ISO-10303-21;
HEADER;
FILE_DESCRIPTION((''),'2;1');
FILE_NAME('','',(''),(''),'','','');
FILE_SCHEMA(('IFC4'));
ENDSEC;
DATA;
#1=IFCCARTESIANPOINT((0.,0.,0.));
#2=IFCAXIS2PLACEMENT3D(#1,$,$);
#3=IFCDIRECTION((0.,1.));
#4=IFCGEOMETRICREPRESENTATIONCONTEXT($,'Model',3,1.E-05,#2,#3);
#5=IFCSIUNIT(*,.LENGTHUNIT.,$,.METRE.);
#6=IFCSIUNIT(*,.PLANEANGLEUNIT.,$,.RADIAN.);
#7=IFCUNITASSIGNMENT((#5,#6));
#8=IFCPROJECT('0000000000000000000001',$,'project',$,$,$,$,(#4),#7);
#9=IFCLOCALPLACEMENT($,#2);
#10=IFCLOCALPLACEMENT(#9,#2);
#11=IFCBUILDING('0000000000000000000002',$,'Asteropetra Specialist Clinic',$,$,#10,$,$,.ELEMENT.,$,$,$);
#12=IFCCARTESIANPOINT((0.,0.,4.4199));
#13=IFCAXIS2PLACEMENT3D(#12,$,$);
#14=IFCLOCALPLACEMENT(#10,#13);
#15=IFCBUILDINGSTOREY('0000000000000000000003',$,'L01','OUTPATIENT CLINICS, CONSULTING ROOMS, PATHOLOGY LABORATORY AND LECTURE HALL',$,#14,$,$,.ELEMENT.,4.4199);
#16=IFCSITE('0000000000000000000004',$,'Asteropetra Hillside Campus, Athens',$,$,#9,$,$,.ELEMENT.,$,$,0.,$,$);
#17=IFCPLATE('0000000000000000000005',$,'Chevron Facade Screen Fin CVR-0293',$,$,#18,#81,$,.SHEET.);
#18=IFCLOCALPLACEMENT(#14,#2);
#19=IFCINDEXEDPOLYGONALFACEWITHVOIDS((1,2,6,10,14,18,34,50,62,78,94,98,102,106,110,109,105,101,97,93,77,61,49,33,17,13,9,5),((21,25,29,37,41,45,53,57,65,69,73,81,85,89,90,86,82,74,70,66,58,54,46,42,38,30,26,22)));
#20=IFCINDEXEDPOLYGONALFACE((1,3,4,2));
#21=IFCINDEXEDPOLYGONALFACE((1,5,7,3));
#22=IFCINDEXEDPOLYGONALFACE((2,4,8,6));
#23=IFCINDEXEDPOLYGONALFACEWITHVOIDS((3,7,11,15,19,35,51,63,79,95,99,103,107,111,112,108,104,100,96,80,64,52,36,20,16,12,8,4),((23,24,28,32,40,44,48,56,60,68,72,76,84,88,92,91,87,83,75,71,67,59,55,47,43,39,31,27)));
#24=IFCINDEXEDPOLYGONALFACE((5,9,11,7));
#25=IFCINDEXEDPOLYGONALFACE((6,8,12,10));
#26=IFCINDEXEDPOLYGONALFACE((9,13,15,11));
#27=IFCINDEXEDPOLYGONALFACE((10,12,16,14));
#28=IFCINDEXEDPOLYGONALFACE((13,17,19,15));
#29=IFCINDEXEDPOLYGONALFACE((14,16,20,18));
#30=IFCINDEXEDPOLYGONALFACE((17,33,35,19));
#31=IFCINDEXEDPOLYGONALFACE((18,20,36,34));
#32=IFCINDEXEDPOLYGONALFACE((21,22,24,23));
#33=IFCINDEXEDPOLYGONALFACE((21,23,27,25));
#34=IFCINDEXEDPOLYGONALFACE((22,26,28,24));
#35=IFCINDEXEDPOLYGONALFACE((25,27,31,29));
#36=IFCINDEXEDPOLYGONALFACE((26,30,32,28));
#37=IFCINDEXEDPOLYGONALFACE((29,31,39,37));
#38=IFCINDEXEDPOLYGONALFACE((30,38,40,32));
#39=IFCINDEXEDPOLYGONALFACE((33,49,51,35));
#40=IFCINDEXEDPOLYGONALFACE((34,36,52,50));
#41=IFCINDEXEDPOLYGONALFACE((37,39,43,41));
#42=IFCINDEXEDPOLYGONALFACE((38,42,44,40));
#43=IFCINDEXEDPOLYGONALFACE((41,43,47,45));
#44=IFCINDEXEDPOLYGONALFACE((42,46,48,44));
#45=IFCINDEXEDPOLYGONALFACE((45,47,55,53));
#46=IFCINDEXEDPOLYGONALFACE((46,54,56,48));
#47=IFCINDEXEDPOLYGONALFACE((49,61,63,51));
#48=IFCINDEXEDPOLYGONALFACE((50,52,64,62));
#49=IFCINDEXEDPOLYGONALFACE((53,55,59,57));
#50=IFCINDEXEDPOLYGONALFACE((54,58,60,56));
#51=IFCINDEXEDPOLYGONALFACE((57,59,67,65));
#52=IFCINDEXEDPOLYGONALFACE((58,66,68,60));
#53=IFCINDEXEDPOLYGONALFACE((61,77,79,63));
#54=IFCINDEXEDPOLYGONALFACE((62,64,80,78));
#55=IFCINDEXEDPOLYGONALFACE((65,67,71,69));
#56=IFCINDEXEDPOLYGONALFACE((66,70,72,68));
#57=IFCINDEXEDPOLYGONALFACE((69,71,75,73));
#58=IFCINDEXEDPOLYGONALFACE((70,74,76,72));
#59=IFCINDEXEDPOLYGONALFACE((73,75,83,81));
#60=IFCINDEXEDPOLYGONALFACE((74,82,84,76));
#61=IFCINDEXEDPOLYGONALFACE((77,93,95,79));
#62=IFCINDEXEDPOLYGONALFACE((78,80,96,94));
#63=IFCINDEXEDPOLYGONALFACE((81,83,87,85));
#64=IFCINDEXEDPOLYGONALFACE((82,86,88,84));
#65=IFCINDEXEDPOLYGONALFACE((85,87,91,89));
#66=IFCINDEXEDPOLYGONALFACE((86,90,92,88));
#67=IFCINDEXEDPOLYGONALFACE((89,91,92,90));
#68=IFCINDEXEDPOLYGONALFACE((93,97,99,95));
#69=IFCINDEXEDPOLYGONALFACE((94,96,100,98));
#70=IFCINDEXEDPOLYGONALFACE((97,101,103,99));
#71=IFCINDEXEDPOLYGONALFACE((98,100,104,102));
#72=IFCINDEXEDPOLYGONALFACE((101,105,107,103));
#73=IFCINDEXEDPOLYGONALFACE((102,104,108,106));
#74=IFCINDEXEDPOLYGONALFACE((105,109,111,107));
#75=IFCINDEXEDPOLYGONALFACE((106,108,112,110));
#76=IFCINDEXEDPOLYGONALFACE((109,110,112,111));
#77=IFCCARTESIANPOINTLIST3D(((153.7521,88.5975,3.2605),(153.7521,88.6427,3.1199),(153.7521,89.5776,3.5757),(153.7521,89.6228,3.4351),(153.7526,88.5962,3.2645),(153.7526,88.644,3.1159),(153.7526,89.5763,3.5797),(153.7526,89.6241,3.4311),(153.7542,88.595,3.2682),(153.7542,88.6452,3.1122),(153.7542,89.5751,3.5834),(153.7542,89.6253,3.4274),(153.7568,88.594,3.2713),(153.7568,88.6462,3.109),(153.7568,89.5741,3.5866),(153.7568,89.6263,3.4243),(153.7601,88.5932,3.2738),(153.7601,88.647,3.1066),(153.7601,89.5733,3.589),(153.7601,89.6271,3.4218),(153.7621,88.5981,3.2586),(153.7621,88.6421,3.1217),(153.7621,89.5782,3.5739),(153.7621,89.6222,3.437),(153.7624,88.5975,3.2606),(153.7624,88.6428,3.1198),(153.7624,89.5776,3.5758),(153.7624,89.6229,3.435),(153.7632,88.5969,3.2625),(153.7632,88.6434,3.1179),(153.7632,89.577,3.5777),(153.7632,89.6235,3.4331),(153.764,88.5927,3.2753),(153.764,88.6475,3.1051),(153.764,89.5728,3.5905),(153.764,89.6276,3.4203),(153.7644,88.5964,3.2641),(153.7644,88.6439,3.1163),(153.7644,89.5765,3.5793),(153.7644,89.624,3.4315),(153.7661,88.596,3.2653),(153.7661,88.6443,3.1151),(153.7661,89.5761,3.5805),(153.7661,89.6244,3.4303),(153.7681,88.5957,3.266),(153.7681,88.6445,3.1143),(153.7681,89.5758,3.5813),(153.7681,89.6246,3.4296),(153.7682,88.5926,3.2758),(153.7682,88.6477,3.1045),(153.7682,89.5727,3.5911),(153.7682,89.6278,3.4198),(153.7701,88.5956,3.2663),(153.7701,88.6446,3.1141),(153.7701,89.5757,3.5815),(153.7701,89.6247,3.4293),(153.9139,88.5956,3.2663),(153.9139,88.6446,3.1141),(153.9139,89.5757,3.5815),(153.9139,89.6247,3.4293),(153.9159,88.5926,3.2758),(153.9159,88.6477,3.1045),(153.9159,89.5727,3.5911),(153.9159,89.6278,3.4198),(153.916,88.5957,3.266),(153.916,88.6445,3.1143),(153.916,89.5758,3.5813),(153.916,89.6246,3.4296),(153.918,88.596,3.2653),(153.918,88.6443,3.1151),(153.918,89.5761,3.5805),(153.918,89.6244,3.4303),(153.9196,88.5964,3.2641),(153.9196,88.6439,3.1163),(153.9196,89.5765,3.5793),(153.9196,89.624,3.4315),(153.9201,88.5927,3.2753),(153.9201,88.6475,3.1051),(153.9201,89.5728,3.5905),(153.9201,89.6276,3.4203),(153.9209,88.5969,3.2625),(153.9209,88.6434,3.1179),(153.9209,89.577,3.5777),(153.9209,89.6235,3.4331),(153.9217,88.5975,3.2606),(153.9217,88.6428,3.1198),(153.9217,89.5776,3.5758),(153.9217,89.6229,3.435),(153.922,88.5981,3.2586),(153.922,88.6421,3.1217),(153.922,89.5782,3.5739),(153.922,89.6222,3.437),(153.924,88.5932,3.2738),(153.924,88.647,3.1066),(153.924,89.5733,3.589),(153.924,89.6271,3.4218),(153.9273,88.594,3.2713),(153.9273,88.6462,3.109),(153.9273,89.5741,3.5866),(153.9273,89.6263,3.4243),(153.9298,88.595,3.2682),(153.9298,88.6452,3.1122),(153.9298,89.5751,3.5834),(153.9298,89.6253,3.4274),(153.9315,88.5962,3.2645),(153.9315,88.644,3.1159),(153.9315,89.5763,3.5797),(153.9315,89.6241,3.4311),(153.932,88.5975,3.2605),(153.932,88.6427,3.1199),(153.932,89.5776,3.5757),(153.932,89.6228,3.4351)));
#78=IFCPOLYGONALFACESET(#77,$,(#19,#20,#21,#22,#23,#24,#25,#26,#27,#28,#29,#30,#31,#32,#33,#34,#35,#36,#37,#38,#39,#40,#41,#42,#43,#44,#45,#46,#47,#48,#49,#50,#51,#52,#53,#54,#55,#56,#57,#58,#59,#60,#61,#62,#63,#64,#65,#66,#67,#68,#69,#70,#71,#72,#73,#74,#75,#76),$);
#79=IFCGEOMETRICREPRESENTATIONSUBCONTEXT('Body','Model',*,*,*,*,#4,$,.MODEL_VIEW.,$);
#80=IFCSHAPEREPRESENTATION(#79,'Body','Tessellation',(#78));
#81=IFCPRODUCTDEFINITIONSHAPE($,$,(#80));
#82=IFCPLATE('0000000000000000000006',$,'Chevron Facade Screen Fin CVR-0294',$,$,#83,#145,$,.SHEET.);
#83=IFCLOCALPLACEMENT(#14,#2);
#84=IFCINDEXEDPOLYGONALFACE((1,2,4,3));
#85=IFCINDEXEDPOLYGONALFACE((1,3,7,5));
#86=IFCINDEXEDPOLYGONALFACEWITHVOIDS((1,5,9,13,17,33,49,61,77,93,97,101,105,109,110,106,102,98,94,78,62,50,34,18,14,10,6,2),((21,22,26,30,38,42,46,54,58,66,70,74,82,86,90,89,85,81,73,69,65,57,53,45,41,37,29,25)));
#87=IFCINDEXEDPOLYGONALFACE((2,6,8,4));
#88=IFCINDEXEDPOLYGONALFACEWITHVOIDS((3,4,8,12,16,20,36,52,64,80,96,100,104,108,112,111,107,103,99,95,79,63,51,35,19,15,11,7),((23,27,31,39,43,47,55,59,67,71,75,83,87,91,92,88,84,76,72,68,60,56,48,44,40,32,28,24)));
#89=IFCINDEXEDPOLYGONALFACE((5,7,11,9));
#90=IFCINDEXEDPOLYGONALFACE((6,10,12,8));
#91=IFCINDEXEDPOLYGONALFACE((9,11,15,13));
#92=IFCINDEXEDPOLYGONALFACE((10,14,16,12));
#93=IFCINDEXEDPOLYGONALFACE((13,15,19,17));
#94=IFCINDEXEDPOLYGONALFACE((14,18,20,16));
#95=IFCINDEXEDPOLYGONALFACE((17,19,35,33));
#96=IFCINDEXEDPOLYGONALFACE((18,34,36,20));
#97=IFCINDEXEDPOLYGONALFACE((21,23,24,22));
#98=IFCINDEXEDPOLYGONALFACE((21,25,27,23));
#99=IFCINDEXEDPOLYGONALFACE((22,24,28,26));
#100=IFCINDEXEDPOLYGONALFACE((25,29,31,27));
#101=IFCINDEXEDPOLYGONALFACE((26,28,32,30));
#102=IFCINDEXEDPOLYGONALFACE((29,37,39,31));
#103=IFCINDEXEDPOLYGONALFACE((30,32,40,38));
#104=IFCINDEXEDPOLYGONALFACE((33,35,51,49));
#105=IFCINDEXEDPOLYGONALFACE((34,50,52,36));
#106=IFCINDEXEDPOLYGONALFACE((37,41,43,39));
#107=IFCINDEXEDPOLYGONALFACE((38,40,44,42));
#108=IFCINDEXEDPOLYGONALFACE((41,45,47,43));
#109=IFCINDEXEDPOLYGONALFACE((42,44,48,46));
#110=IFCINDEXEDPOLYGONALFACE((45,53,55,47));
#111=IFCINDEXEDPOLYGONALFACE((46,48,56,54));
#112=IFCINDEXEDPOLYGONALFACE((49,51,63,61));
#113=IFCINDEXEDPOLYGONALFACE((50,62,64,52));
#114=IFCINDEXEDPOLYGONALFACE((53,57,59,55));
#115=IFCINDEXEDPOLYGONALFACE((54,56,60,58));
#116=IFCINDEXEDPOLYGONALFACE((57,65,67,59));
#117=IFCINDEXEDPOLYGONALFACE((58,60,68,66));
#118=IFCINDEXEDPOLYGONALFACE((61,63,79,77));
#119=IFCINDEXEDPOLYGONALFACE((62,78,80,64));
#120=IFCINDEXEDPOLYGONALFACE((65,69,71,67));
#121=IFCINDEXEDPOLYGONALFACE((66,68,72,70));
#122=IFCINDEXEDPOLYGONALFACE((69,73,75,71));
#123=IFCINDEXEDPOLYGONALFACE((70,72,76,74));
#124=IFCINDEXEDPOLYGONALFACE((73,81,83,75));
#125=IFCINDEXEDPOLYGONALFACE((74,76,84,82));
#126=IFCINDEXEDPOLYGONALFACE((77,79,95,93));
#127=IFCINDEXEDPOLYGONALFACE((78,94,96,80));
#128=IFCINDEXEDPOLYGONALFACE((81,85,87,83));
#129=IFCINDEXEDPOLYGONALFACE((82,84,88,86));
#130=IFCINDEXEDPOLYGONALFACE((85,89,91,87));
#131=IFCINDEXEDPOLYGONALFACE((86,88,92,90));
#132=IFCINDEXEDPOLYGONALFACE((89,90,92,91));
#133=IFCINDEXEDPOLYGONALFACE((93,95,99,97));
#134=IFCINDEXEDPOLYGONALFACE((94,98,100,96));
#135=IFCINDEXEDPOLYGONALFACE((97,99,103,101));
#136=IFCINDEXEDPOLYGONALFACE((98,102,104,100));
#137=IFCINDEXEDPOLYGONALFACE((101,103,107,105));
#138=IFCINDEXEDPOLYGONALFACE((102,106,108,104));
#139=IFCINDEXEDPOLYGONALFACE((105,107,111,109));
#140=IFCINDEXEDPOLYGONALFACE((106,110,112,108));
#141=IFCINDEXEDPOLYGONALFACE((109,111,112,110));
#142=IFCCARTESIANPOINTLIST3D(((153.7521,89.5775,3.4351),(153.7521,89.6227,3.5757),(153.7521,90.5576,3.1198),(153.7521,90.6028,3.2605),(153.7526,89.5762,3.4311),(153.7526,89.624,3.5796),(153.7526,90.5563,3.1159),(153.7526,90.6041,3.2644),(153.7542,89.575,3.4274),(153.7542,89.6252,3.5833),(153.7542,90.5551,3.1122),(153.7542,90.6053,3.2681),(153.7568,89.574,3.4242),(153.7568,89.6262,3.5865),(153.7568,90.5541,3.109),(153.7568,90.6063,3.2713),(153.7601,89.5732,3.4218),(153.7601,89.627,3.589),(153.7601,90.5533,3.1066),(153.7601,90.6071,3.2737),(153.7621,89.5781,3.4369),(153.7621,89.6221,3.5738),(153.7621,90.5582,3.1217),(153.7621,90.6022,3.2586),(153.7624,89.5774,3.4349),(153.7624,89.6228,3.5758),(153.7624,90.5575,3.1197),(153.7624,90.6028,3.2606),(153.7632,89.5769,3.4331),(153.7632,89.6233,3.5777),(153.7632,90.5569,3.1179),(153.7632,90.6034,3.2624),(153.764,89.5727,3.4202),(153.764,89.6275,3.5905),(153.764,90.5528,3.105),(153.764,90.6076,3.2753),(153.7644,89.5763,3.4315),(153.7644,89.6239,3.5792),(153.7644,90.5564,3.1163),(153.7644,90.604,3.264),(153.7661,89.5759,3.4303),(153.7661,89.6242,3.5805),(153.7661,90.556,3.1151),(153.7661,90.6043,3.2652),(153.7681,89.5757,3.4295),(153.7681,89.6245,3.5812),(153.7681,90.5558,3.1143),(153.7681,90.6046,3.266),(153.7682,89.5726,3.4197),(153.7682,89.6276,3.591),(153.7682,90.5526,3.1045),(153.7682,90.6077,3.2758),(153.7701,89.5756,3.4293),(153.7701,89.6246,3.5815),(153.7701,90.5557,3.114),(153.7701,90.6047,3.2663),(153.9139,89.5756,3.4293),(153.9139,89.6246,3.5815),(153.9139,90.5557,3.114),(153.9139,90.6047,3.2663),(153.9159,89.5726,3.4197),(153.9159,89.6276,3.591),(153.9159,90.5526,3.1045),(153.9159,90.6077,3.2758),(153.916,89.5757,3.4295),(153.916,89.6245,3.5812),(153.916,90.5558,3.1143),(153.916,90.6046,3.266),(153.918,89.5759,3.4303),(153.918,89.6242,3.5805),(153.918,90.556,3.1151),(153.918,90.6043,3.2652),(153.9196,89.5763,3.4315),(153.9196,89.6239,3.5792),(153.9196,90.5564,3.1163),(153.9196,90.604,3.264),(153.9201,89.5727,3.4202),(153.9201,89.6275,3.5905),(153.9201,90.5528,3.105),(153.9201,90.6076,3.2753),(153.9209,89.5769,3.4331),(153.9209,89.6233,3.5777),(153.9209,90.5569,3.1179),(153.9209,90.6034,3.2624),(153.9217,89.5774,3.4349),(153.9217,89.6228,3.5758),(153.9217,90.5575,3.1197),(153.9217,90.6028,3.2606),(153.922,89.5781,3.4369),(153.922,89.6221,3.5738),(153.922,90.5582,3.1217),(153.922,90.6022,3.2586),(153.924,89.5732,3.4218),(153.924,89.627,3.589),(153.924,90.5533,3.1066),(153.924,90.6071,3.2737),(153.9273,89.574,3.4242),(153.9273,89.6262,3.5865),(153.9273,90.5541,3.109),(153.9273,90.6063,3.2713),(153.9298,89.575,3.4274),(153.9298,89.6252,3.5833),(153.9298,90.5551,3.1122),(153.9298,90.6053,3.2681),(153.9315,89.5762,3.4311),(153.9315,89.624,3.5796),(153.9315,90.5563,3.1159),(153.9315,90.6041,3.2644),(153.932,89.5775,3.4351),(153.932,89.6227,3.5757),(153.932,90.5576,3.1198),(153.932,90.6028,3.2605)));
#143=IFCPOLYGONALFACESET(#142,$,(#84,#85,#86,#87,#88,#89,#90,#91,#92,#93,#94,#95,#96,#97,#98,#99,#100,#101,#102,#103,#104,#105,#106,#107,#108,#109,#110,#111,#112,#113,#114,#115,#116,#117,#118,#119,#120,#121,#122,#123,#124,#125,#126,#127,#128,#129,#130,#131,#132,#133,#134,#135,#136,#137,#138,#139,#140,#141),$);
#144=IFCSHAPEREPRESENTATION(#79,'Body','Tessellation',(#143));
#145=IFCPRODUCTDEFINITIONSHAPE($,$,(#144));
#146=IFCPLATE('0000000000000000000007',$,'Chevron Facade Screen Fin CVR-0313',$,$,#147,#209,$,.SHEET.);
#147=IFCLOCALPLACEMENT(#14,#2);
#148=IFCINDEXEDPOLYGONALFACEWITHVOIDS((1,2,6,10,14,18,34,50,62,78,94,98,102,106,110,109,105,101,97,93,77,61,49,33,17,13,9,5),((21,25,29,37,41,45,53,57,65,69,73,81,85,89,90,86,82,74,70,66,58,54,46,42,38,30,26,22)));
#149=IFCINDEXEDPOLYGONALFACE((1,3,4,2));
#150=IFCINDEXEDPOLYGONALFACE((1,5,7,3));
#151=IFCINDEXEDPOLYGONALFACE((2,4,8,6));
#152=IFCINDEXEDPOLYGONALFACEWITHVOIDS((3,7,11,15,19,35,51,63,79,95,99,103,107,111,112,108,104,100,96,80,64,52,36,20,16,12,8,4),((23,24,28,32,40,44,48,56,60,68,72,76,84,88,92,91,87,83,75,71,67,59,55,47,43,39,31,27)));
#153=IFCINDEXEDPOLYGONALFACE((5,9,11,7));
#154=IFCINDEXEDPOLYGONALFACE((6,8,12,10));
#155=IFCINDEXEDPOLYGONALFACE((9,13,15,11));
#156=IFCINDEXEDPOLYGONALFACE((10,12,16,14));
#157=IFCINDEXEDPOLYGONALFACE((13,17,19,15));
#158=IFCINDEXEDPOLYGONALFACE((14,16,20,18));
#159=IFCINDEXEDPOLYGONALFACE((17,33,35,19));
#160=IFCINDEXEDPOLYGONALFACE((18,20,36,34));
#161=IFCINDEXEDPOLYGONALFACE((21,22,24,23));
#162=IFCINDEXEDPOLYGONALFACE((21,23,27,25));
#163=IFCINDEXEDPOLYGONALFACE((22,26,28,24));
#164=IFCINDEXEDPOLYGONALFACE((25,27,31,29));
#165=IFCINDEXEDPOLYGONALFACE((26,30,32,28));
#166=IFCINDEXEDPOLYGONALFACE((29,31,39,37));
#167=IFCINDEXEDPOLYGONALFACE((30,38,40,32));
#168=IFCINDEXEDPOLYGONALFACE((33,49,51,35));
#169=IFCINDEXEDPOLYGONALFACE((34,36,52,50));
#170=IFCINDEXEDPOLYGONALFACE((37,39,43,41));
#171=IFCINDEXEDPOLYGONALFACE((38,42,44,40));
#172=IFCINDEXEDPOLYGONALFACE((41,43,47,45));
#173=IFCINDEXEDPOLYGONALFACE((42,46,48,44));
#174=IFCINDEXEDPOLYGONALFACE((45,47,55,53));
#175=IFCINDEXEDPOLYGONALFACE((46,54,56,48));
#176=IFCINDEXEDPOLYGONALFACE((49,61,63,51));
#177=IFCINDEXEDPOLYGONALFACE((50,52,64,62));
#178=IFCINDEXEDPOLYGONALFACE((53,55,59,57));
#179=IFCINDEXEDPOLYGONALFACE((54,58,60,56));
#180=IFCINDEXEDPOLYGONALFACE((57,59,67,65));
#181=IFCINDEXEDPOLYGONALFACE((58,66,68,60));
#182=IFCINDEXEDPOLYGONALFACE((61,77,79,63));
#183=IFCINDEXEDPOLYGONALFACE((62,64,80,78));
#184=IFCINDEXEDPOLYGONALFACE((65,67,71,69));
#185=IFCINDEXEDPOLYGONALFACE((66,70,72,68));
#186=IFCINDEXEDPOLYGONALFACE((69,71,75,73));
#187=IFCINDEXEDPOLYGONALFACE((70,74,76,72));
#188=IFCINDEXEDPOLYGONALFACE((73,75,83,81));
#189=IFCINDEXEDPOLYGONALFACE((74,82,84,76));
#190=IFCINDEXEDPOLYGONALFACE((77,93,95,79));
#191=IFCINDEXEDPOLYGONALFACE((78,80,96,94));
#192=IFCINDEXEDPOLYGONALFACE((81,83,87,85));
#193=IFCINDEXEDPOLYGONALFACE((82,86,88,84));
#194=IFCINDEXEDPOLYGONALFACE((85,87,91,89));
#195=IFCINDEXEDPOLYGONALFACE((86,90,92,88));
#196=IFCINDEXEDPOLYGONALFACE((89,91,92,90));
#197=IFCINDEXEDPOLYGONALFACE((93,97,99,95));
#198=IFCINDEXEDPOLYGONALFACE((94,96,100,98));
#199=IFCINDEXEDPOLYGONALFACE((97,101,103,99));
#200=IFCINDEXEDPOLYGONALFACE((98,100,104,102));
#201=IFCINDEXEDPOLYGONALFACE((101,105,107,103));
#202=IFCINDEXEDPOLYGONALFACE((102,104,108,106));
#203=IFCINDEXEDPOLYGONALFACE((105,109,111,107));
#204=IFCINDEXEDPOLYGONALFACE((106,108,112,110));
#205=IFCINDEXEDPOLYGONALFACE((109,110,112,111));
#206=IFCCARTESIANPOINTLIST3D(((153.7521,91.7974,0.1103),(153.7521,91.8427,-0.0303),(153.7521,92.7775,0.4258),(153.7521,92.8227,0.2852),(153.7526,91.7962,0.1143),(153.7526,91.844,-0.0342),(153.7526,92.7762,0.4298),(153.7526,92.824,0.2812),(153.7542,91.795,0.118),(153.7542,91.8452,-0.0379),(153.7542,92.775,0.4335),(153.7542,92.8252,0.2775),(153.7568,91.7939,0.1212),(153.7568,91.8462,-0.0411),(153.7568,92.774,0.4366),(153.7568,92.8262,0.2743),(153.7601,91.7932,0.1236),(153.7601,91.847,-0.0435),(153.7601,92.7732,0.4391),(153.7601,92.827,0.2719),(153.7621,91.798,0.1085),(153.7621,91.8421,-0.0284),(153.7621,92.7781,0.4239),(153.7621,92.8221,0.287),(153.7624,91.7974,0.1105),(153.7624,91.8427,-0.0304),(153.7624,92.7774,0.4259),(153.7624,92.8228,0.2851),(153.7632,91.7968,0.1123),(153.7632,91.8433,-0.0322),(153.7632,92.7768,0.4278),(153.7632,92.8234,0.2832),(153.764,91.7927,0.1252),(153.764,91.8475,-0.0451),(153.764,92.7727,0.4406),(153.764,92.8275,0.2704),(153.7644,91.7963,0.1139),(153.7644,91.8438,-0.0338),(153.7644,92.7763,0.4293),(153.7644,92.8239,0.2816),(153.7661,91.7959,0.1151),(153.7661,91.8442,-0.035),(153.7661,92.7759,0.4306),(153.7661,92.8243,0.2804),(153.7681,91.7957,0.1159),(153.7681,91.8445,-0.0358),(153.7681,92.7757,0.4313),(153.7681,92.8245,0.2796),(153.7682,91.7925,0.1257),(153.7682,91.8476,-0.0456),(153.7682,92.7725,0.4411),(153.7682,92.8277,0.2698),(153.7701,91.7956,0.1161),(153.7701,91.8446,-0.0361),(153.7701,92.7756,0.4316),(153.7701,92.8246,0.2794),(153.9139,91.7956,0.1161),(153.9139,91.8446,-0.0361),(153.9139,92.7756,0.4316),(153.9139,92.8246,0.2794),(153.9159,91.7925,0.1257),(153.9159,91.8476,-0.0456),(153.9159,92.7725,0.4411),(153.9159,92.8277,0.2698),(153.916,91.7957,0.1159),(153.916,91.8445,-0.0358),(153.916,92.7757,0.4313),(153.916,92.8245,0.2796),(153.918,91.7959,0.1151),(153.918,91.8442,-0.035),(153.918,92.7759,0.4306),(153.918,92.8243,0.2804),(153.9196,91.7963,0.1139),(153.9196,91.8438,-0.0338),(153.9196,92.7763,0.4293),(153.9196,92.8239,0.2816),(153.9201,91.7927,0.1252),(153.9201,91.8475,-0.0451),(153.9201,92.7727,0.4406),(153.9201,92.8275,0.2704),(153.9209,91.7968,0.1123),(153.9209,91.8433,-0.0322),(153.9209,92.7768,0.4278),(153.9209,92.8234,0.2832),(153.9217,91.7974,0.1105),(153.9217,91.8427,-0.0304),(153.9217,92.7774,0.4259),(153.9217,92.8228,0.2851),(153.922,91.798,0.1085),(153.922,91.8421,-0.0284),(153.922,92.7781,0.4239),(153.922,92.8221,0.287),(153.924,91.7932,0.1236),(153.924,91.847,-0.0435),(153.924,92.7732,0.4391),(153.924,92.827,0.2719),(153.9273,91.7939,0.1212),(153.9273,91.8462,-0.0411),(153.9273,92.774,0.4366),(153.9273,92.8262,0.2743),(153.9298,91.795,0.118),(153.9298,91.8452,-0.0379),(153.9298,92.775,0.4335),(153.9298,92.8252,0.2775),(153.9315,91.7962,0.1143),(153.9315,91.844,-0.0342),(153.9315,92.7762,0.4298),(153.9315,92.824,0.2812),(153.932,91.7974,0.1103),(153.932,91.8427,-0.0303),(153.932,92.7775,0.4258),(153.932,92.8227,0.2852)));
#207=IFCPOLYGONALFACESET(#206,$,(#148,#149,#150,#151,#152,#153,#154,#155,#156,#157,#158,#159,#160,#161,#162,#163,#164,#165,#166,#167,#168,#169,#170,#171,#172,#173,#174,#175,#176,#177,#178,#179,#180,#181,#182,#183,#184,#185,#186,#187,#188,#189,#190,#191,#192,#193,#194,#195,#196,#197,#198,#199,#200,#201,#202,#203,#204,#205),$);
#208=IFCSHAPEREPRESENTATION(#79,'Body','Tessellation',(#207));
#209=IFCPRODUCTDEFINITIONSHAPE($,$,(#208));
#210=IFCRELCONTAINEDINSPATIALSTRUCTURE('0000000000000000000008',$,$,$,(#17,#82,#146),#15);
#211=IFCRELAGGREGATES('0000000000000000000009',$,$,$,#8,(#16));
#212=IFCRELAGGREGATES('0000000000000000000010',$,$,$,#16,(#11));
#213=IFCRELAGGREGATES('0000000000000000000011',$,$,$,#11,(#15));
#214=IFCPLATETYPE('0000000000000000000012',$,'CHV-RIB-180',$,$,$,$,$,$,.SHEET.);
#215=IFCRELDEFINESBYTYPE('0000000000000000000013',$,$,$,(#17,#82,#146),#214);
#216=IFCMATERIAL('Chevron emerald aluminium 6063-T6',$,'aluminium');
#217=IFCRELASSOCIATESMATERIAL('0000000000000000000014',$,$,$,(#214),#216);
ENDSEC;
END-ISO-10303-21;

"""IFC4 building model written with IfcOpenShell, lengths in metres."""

from ifc_helpers import new_model, si_unit, direction, frame, origin, origin_2d, place, context, subcontext, project, spatial, hollow_rectangle, extrude, material, material_profile, profile_set, type_object, element, save


model = new_model("IFC4")

# Units and contexts
model_context = context("Model", 3, precision=1e-05, world=origin(), true_north=direction((0.0, 1.0)))
body_context = subcontext(model_context, "Body", "Model", "MODEL_VIEW")
ifc_project = project(units=[si_unit("LENGTHUNIT", "METRE"), si_unit("PLANEANGLEUNIT", "RADIAN")], contexts=[model_context])

# Site, building, storey
site_placement = place(None, origin())
site = spatial("IfcSite", under=ifc_project, at=site_placement, Name="Asteropetra Hillside Campus, Athens", CompositionType="ELEMENT", RefElevation=0.0)
building_placement = place(site_placement, origin())
building = spatial("IfcBuilding", under=site, at=building_placement, Name="Asteropetra Specialist Clinic", CompositionType="ELEMENT")
storey_placement = place(building_placement, frame((0.0, 0.0, 4.4199)))
storey = spatial("IfcBuildingStorey", under=building, at=storey_placement, Name="L01", Description="OUTPATIENT CLINICS, CONSULTING ROOMS, PATHOLOGY LABORATORY AND LECTURE HALL", CompositionType="ELEMENT", Elevation=4.4199)

# Plates
ifc_material = material(Name="Chevron emerald aluminium 6063-T6", Category="aluminium")
ifc_material_profile = material_profile(ifc_material, hollow_rectangle(XDim=0.1799, YDim=0.1799, WallThickness=0.01, InnerFilletRadius=0.0081, OuterFilletRadius=0.0161, at=origin_2d()), Name="SHS 180x180x10.0")
ifc_profile_set = profile_set([ifc_material_profile], Name="Chevron emerald aluminium 6063-T6")
plate_type = type_object("IfcPlateType", Name="CHV-RIB-180", PredefinedType="SHEET", material=ifc_profile_set)
for number, where, z_axis, x_axis, name in (
    (1, (153.842, 88.6201, 3.1902), (0.0, 0.951974, 0.306178), (-1.0, 0.0, 0.0), "Chevron Facade Screen Fin CVR-0293"),
    (2, (153.842, 89.6001, 3.5054), (0.0, 0.951974, -0.306178), (-1.0, 0.0, 0.0), "Chevron Facade Screen Fin CVR-0294"),
    (3, (153.842, 91.8201, 0.04), (0.0, 0.951905, 0.306393), (-1.0, 0.0, 0.0), "Chevron Facade Screen Fin CVR-0313"),
):
    element("IfcPlate", number, at=place(storey_placement, frame(where, z_axis=z_axis, x_axis=x_axis)), inside=storey, type_object=plate_type, Name=name, PredefinedType="SHEET", context=body_context, shape_type="SweptSolid", body=[
        extrude(hollow_rectangle(XDim=0.1799, YDim=0.1799, WallThickness=0.01, InnerFilletRadius=0.0081, OuterFilletRadius=0.0161, at=origin_2d()), origin(), (0.0, 0.0, 1.0), 1.0295),
    ])

save(model, "model.ifc")
